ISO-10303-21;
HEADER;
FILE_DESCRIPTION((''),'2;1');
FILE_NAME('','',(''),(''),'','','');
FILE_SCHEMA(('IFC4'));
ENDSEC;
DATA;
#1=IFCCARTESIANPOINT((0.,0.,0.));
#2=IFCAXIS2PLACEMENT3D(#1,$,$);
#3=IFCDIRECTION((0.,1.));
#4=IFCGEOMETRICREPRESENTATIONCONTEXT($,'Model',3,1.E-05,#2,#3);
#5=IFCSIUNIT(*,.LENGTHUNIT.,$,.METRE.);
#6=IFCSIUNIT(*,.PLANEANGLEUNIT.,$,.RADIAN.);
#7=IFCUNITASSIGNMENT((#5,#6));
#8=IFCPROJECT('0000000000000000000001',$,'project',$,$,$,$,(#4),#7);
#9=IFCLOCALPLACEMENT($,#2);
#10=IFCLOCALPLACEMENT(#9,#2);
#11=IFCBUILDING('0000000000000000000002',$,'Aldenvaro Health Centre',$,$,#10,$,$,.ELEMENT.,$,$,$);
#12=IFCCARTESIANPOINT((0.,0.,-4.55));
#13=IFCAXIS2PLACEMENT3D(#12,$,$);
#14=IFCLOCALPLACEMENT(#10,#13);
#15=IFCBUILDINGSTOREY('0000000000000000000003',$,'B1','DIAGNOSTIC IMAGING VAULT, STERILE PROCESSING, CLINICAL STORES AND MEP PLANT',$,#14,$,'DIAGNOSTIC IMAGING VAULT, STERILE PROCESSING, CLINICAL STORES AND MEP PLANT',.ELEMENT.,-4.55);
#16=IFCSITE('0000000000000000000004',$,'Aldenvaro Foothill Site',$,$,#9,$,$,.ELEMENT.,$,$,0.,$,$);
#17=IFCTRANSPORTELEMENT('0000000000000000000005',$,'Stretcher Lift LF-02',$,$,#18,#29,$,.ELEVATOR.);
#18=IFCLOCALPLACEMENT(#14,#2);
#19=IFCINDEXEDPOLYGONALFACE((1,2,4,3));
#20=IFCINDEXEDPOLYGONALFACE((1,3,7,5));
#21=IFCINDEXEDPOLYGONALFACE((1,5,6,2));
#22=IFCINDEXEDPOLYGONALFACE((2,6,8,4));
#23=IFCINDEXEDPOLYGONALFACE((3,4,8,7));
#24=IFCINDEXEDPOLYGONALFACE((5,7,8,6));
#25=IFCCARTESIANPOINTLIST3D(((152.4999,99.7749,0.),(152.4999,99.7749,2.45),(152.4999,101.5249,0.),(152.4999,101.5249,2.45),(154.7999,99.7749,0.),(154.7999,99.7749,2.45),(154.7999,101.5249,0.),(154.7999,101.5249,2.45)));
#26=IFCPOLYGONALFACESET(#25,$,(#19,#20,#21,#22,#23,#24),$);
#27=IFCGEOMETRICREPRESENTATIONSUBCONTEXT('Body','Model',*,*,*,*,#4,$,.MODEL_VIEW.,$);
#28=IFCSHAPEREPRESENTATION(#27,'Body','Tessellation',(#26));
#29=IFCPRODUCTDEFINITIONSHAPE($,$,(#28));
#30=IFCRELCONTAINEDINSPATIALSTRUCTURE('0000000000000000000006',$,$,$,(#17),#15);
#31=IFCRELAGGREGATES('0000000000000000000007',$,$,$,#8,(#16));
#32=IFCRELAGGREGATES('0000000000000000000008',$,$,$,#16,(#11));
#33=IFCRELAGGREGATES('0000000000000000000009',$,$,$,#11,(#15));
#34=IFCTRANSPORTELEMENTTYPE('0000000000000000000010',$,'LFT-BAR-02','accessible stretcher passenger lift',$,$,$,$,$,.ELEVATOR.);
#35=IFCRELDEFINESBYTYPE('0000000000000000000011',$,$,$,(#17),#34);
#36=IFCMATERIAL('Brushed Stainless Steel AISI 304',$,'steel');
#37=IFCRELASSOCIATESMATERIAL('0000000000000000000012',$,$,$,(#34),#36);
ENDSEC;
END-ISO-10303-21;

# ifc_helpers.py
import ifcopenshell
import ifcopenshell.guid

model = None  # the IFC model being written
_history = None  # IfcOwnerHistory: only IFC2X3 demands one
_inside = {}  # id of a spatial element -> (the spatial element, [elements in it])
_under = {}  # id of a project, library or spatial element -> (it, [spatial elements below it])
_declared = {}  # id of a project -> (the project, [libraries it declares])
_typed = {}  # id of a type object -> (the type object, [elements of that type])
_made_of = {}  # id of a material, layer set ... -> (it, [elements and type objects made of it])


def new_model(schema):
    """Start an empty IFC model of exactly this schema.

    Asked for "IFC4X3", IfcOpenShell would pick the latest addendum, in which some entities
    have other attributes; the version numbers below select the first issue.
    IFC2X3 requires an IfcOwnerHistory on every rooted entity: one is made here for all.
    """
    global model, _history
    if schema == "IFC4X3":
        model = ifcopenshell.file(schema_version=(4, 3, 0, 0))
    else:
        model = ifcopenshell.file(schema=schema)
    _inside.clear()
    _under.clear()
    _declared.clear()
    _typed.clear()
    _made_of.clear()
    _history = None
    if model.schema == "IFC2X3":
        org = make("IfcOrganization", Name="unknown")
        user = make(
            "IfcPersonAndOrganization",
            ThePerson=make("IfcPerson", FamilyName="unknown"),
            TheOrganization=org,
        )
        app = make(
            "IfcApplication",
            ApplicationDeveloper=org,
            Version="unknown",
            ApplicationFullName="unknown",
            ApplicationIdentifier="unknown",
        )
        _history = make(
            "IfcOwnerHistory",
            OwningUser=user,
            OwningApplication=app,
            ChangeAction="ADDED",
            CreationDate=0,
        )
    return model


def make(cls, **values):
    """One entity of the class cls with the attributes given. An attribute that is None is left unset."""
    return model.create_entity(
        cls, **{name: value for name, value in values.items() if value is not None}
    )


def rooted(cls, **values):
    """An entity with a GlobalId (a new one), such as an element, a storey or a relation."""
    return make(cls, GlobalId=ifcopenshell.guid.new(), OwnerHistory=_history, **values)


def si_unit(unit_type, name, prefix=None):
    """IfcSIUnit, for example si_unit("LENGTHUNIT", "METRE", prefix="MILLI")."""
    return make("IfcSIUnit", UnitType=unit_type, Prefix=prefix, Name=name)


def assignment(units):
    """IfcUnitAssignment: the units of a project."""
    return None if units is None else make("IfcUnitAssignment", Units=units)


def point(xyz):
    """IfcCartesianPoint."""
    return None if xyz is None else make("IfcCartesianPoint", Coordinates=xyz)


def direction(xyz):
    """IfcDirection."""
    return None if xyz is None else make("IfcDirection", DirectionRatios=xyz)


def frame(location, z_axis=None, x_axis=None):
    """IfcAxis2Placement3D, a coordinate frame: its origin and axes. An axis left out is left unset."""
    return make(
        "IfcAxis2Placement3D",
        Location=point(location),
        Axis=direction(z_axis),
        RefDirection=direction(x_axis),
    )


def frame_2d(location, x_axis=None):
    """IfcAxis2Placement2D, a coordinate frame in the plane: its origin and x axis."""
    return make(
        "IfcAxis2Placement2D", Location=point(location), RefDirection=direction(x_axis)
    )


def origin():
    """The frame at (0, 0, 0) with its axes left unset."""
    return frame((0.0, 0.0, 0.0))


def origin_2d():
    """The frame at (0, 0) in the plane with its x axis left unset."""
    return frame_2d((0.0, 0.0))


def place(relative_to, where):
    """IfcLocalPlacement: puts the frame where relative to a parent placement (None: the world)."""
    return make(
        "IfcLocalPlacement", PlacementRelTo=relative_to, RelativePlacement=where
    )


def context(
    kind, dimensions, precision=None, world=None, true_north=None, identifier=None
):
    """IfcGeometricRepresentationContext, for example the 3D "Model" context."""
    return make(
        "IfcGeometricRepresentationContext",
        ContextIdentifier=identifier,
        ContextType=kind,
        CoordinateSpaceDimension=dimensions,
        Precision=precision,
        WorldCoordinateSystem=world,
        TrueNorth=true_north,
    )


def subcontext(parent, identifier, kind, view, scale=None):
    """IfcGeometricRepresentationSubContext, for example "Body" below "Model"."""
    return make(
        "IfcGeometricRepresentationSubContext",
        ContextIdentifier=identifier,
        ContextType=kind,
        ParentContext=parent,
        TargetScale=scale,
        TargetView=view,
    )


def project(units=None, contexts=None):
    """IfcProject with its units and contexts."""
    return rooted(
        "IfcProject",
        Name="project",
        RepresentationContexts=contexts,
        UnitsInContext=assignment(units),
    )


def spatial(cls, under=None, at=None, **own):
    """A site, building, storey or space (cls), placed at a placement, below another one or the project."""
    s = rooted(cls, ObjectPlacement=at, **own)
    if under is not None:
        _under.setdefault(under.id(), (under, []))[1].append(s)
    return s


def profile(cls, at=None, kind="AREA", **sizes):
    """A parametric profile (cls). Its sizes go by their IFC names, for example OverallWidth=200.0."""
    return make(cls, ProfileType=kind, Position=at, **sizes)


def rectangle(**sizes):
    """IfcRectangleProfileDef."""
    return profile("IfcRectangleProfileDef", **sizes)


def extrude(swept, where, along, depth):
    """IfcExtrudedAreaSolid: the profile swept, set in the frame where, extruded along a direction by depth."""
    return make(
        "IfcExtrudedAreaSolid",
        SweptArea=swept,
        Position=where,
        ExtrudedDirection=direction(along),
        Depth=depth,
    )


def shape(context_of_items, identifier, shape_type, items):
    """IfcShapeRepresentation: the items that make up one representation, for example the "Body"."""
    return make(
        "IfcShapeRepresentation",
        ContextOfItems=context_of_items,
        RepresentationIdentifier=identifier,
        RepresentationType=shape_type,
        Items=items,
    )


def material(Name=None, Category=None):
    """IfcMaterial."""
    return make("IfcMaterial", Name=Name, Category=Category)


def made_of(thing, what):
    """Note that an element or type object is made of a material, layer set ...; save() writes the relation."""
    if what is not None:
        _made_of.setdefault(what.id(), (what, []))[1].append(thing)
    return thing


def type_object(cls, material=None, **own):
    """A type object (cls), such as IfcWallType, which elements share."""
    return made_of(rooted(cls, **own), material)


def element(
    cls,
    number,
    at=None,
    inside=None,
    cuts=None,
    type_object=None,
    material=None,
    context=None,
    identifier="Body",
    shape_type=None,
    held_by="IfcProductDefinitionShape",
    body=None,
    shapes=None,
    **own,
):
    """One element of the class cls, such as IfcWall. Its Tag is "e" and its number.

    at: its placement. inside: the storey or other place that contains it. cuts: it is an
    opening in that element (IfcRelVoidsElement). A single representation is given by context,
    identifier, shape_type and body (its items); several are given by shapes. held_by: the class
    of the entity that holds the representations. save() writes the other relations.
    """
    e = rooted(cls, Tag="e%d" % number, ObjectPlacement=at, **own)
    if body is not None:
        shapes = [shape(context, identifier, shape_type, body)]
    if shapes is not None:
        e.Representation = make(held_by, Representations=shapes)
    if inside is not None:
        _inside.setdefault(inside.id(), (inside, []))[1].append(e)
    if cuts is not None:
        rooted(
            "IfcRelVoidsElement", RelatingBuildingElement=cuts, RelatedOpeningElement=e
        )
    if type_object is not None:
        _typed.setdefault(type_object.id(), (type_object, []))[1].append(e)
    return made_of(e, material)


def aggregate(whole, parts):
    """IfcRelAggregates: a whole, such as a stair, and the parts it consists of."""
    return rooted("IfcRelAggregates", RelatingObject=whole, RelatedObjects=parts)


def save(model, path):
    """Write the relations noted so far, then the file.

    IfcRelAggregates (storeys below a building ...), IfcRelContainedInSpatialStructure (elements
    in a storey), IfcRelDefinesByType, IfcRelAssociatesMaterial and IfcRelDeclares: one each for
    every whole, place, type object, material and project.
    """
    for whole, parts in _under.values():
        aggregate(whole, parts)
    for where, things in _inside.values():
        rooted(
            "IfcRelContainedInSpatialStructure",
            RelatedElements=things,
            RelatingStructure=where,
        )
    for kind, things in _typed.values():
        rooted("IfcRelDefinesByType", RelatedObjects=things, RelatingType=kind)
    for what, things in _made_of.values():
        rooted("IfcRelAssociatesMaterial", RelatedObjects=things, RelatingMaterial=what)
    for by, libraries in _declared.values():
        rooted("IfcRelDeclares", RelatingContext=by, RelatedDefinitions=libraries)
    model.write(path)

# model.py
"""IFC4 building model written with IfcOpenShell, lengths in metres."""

from ifc_helpers import new_model, si_unit, direction, frame, origin, origin_2d, place, context, subcontext, project, spatial, rectangle, extrude, material, type_object, element, save


model = new_model("IFC4")

# Units and contexts
model_context = context("Model", 3, precision=1e-05, world=origin(), true_north=direction((0.0, 1.0)))
body_context = subcontext(model_context, "Body", "Model", "MODEL_VIEW")
ifc_project = project(units=[si_unit("LENGTHUNIT", "METRE"), si_unit("PLANEANGLEUNIT", "RADIAN")], contexts=[model_context])

# Site, building, storey
site_placement = place(None, origin())
site = spatial("IfcSite", under=ifc_project, at=site_placement, Name="Aldenvaro Foothill Site", CompositionType="ELEMENT", RefElevation=0.0)
building_placement = place(site_placement, origin())
building = spatial("IfcBuilding", under=site, at=building_placement, Name="Aldenvaro Health Centre", CompositionType="ELEMENT")
storey_placement = place(building_placement, frame((0.0, 0.0, -4.55)))
storey = spatial("IfcBuildingStorey", under=building, at=storey_placement, Name="B1", Description="DIAGNOSTIC IMAGING VAULT, STERILE PROCESSING, CLINICAL STORES AND MEP PLANT", LongName="DIAGNOSTIC IMAGING VAULT, STERILE PROCESSING, CLINICAL STORES AND MEP PLANT", CompositionType="ELEMENT", Elevation=-4.55)

# Transport element
ifc_material_1 = material(Name="Brushed Stainless Steel AISI 304", Category="steel")
transport_element_type = type_object("IfcTransportElementType", Name="LFT-BAR-02", Description="accessible stretcher passenger lift", PredefinedType="ELEVATOR", material=ifc_material_1)
transport_element_placement = place(storey_placement, frame((153.6499, 100.6499, 0.0), z_axis=(0.0, 0.0, 1.0), x_axis=(1.0, 0.0, 0.0)))
element("IfcTransportElement", 1, at=transport_element_placement, inside=storey, type_object=transport_element_type, Name="Stretcher Lift LF-02", PredefinedType="ELEVATOR", context=body_context, shape_type="SweptSolid", body=[
    extrude(rectangle(XDim=2.3, YDim=1.75, at=origin_2d()), origin(), (0.0, 0.0, 1.0), 2.45),
])

save(model, "model.ifc")
